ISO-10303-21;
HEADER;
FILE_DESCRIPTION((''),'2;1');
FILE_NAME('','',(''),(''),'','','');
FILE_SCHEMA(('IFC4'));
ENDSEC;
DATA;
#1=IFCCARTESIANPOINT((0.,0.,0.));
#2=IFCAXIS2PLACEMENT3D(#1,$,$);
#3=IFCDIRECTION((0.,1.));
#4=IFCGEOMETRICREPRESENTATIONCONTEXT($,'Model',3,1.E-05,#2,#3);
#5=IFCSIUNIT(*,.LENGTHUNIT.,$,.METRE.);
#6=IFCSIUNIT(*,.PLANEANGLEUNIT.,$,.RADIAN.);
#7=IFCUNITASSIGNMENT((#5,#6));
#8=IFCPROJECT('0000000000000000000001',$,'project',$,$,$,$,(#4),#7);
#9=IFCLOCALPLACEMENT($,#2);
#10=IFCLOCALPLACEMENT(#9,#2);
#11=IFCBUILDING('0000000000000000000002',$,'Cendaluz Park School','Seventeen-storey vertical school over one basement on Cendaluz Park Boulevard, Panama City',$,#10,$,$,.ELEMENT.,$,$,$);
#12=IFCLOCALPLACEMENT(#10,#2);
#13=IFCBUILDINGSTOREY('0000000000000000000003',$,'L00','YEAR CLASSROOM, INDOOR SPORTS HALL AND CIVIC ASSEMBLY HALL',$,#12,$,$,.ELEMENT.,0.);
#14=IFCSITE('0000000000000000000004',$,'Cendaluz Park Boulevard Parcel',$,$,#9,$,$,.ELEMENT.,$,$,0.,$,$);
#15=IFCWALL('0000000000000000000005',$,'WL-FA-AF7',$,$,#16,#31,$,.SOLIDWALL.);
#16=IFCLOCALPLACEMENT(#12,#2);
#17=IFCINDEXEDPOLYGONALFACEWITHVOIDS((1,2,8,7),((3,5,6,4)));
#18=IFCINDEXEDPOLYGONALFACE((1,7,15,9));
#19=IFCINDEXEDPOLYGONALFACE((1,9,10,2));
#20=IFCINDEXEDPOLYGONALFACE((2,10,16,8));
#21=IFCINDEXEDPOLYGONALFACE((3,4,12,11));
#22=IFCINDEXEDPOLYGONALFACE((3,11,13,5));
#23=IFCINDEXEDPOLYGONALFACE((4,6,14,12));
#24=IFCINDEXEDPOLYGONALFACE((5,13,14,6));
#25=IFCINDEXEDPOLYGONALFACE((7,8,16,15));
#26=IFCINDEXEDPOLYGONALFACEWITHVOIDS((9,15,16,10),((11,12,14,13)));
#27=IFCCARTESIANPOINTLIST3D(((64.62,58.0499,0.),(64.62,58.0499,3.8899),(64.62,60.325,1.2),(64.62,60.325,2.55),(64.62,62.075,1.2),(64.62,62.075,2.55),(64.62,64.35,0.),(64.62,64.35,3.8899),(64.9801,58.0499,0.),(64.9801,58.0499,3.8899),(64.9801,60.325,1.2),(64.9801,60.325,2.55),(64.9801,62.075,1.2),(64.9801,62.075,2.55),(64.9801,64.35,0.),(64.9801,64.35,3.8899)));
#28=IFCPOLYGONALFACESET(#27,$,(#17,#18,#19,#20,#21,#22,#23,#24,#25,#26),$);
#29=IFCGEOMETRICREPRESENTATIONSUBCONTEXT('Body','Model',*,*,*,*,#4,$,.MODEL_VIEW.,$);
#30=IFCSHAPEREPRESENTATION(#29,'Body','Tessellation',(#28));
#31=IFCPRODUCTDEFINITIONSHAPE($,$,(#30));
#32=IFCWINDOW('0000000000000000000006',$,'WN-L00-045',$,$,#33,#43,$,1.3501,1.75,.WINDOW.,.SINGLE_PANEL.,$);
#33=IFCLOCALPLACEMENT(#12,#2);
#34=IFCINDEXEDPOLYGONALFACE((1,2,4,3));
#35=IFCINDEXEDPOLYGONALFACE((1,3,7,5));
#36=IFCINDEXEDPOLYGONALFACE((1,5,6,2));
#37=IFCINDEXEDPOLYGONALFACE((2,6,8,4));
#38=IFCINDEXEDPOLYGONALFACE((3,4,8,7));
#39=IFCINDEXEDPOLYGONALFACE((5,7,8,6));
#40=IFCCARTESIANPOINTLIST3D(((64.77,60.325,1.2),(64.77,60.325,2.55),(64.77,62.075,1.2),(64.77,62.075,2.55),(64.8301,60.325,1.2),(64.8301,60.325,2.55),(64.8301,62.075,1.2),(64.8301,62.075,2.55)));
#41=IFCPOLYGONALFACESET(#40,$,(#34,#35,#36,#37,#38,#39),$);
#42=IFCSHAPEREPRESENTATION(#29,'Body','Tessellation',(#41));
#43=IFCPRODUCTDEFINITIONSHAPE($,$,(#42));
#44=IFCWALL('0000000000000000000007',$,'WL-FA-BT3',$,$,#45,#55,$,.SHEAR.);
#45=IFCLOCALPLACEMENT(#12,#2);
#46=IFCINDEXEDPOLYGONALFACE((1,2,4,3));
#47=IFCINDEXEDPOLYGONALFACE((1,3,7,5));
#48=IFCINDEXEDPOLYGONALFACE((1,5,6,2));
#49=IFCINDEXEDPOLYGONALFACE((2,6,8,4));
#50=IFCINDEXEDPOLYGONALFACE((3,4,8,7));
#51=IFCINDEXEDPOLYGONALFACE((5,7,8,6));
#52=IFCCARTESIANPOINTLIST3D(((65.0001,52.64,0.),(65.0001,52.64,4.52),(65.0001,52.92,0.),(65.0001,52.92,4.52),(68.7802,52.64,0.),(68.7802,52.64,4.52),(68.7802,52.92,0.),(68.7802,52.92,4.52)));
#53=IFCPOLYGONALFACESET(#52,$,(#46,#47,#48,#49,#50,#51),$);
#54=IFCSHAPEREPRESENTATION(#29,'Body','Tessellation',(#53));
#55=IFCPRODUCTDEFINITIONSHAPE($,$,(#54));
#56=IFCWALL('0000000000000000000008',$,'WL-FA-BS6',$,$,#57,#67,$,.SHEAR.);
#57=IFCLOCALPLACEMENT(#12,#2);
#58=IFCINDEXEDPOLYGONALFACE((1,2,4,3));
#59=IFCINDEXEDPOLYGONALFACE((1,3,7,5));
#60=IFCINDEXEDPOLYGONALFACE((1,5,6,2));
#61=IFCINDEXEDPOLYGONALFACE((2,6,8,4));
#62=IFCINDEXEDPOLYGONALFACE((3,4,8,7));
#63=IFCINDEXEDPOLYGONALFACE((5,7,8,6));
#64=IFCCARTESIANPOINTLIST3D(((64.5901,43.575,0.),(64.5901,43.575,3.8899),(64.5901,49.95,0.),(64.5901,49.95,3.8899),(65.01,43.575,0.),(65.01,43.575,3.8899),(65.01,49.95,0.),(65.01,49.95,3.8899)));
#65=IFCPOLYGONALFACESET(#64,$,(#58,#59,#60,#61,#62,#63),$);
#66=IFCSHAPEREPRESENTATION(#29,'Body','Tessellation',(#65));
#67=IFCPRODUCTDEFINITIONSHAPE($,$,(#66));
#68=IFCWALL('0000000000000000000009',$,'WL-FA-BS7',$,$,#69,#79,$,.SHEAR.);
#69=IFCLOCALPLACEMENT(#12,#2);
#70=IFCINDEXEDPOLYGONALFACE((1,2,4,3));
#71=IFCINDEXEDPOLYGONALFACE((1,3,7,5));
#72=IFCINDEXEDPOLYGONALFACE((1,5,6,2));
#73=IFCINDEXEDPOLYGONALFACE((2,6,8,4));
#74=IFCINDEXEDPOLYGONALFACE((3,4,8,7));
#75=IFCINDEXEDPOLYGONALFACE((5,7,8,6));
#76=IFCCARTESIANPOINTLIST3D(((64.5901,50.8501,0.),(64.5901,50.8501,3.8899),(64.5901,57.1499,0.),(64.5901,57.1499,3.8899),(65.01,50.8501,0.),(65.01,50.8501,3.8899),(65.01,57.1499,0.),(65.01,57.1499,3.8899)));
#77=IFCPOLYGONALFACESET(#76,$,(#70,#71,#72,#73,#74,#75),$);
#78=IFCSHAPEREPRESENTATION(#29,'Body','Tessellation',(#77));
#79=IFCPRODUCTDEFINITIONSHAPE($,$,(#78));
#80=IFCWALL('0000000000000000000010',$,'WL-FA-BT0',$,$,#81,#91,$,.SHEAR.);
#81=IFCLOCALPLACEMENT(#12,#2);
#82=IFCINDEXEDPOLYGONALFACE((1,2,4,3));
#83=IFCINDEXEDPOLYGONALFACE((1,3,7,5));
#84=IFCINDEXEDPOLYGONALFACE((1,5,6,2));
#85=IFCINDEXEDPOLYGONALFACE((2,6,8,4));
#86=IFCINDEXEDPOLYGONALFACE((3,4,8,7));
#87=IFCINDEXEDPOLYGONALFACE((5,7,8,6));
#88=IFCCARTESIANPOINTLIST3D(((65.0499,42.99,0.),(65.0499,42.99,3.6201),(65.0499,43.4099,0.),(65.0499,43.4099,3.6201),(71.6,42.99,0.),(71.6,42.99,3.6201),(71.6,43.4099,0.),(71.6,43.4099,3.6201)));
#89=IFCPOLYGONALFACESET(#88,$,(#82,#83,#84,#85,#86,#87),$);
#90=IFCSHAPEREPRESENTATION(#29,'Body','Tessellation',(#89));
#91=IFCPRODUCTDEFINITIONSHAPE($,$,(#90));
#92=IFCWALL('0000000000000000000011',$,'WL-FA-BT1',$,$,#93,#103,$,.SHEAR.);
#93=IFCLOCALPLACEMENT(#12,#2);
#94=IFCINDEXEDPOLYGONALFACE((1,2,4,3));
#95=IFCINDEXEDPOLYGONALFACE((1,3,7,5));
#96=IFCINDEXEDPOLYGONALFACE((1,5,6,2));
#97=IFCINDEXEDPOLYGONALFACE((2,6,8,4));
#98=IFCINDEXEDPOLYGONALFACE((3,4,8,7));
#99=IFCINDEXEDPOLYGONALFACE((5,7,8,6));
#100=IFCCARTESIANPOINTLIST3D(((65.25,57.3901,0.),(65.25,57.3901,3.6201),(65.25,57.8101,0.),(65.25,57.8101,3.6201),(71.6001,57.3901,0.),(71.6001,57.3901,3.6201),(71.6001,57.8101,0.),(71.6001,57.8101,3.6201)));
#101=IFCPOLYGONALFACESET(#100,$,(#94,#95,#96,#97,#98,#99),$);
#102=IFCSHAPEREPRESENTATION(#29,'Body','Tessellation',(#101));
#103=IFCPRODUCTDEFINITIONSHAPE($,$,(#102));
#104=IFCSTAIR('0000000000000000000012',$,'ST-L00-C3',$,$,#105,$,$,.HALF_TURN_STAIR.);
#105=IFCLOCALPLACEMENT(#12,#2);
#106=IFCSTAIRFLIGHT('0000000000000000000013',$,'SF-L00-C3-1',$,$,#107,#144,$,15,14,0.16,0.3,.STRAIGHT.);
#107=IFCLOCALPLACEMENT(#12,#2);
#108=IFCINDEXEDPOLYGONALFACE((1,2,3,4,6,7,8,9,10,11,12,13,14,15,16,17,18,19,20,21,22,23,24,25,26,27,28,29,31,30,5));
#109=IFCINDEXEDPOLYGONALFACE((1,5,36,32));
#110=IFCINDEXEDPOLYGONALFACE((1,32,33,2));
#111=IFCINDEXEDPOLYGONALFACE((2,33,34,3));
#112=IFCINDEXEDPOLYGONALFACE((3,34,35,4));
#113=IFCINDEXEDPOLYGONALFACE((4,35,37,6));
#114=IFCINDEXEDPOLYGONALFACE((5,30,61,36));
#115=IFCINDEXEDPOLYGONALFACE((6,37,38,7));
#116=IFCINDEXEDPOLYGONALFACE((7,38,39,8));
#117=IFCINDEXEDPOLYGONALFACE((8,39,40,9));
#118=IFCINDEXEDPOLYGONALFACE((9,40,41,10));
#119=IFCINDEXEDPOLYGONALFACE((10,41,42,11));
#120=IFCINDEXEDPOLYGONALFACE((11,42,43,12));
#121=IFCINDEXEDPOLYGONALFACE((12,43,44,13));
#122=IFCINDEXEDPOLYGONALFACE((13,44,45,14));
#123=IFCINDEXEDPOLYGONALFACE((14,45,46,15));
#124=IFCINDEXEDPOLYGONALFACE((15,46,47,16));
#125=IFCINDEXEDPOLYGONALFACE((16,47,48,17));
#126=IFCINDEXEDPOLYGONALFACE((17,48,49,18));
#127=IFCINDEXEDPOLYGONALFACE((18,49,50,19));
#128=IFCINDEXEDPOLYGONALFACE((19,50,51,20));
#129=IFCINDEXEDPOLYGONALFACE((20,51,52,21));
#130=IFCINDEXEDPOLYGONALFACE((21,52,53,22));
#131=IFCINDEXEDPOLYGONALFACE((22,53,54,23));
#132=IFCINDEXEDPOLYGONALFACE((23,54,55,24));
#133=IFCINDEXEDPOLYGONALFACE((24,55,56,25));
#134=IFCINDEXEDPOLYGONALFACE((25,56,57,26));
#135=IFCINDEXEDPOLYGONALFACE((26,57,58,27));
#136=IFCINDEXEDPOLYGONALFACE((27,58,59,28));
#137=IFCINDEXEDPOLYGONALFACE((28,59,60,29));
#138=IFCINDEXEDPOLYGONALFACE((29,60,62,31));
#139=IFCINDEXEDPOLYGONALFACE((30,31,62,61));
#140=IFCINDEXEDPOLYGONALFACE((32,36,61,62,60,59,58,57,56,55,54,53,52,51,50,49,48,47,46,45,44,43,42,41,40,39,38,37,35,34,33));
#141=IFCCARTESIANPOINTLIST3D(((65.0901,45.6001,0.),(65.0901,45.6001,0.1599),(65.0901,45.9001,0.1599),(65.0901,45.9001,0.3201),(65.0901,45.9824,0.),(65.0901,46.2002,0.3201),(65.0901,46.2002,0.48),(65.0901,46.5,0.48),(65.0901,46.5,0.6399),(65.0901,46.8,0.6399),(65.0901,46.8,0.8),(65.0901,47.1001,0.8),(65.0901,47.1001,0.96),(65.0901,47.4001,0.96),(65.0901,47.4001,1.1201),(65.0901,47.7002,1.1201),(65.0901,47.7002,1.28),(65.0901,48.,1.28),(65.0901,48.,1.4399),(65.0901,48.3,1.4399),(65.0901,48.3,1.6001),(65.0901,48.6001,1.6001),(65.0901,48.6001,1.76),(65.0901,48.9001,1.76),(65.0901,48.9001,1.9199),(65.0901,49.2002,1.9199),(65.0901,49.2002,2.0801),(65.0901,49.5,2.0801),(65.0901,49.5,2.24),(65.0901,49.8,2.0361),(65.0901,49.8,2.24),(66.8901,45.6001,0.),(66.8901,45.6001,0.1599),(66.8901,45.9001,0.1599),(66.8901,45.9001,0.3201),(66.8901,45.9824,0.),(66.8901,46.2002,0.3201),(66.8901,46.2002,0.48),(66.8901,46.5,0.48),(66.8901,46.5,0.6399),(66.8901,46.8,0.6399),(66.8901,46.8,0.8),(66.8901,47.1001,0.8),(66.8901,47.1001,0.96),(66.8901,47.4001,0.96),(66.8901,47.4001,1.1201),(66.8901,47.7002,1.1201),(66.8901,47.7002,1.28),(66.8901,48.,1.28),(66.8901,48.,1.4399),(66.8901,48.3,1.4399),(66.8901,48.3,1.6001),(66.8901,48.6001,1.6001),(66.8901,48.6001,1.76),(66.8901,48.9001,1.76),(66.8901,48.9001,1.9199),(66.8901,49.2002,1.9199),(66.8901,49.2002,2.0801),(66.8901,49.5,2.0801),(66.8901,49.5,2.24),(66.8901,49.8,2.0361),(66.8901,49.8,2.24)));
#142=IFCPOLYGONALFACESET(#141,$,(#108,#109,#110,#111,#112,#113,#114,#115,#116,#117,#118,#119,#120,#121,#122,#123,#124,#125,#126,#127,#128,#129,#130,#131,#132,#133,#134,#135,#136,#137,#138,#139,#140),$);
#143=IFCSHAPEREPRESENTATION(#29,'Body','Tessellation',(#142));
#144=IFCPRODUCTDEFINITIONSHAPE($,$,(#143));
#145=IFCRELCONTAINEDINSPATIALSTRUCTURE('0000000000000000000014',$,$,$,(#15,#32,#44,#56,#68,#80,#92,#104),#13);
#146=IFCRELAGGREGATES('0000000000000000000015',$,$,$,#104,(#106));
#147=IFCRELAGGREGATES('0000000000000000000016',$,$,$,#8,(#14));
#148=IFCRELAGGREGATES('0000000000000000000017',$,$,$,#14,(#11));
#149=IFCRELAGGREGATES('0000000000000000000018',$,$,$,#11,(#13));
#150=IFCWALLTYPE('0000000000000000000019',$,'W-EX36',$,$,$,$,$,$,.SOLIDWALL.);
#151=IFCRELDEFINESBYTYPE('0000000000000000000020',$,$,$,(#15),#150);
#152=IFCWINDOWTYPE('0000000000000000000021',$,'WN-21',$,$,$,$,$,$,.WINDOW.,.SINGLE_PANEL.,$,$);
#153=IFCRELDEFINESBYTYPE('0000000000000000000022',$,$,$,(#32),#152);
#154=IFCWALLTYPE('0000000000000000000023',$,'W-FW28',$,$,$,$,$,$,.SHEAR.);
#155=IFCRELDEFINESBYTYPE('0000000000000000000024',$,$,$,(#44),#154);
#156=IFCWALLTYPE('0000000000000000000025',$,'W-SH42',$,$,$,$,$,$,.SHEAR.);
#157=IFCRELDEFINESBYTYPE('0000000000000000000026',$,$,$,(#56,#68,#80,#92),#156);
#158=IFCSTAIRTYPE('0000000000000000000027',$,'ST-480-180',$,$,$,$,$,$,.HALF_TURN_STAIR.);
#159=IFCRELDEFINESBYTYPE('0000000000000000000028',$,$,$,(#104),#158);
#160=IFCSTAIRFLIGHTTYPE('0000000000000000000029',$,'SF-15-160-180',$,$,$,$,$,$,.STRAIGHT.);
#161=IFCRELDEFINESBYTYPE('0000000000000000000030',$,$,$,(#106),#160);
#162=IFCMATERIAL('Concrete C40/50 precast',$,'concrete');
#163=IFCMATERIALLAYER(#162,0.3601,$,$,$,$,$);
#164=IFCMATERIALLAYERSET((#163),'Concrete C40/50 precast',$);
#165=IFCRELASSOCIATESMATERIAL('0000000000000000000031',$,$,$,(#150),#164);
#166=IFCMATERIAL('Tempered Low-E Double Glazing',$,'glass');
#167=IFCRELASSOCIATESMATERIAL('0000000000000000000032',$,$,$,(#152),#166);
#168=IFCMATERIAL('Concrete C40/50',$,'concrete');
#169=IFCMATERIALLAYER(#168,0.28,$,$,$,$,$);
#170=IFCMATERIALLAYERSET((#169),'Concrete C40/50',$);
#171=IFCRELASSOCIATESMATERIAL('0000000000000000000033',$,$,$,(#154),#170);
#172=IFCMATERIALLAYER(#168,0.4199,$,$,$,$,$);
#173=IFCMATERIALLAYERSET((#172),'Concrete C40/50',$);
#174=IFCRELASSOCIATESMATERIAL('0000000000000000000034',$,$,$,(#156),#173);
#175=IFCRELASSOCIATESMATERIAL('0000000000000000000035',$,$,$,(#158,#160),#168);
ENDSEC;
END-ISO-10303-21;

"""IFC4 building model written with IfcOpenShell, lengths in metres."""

from ifc_helpers import new_model, si_unit, direction, frame, frame_2d, origin, place, context, subcontext, project, spatial, polyline, rectangle, outline, extrude, material, layer, layer_set, type_object, element, fill, aggregate, save


model = new_model("IFC4")

# Units and contexts
model_context = context("Model", 3, precision=1e-05, world=origin(), true_north=direction((0.0, 1.0)))
body_context = subcontext(model_context, "Body", "Model", "MODEL_VIEW")
ifc_project = project(units=[si_unit("LENGTHUNIT", "METRE"), si_unit("PLANEANGLEUNIT", "RADIAN")], contexts=[model_context])

# Site, building, storey
site_placement = place(None, origin())
site = spatial("IfcSite", under=ifc_project, at=site_placement, Name="Cendaluz Park Boulevard Parcel", CompositionType="ELEMENT", RefElevation=0.0)
building_placement = place(site_placement, origin())
building = spatial("IfcBuilding", under=site, at=building_placement, Name="Cendaluz Park School", Description="Seventeen-storey vertical school over one basement on Cendaluz Park Boulevard, Panama City", CompositionType="ELEMENT")
storey_placement = place(building_placement, origin())
storey = spatial("IfcBuildingStorey", under=building, at=storey_placement, Name="L00", Description="YEAR CLASSROOM, INDOOR SPORTS HALL AND CIVIC ASSEMBLY HALL", CompositionType="ELEMENT", Elevation=0.0)

# Shared definitions
ifc_material_1 = material(Name="Concrete C40/50", Category="concrete")

# Wall, opening, window
ifc_material_2 = material(Name="Concrete C40/50 precast", Category="concrete")
ifc_layer_1 = layer(ifc_material_2, 0.3601)
ifc_layer_set_1 = layer_set([ifc_layer_1], Name="Concrete C40/50 precast")
wall_type_1 = type_object("IfcWallType", Name="W-EX36", PredefinedType="SOLIDWALL", material=ifc_layer_set_1)
ifc_material_3 = material(Name="Tempered Low-E Double Glazing", Category="glass")
wall_1_placement = place(storey_placement, frame((64.8, 58.05, 0.0), z_axis=(0.0, 0.0, 1.0), x_axis=(0.0, 1.0, 0.0)))
wall_1 = element("IfcWall", 1, at=wall_1_placement, inside=storey, type_object=wall_type_1, Name="WL-FA-AF7", PredefinedType="SOLIDWALL", context=body_context, shape_type="SweptSolid", body=[
    extrude(rectangle(XDim=6.3, YDim=0.3601, at=frame_2d((3.1499, 0.0))), origin(), (0.0, 0.0, 1.0), 3.8899),
])
opening_1_placement = place(wall_1_placement, frame((2.2749, 0.0, 1.2)))
opening_1 = element("IfcOpeningElement", 2, at=opening_1_placement, cuts=wall_1, PredefinedType="OPENING", context=body_context, shape_type="SweptSolid", body=[
    extrude(rectangle(XDim=1.75, YDim=1.3501, at=frame_2d((0.875, 0.675))), frame((0.0, 0.1921, 0.0), z_axis=(0.0, -1.0, 0.0), x_axis=(1.0, 0.0, 0.0)), (0.0, 0.0, 1.0), 0.384),
])
window_type_1 = type_object("IfcWindowType", Name="WN-21", PartitioningType="SINGLE_PANEL", PredefinedType="WINDOW", material=ifc_material_3)
window_1_placement = place(opening_1_placement, origin())
window_1 = element("IfcWindow", 3, at=window_1_placement, inside=storey, type_object=window_type_1, Name="WN-L00-045", OverallHeight=1.3501, OverallWidth=1.75, PartitioningType="SINGLE_PANEL", PredefinedType="WINDOW", context=body_context, shape_type="SweptSolid", body=[
    extrude(rectangle(XDim=1.75, YDim=1.3501, at=frame_2d((0.875, 0.675))), frame((0.0, 0.03, 0.0), z_axis=(0.0, -1.0, 0.0), x_axis=(1.0, 0.0, 0.0)), (0.0, 0.0, 1.0), 0.0601),
])
fill(opening_1, window_1)

# Walls
ifc_layer_2 = layer(ifc_material_1, 0.28)
ifc_layer_set_2 = layer_set([ifc_layer_2], Name="Concrete C40/50")
wall_type_2 = type_object("IfcWallType", Name="W-FW28", PredefinedType="SHEAR", material=ifc_layer_set_2)
wall_2_placement = place(storey_placement, frame((65.0, 52.78, 0.0), z_axis=(0.0, 0.0, 1.0), x_axis=(1.0, 0.0, 0.0)))
element("IfcWall", 4, at=wall_2_placement, inside=storey, type_object=wall_type_2, Name="WL-FA-BT3", PredefinedType="SHEAR", context=body_context, shape_type="SweptSolid", body=[
    extrude(rectangle(XDim=3.78, YDim=0.28, at=frame_2d((1.8901, 0.0))), origin(), (0.0, 0.0, 1.0), 4.52),
])
ifc_layer_3 = layer(ifc_material_1, 0.4199)
ifc_layer_set_3 = layer_set([ifc_layer_3], Name="Concrete C40/50")
wall_type_3 = type_object("IfcWallType", Name="W-SH42", PredefinedType="SHEAR", material=ifc_layer_set_3)
wall_3_placement = place(storey_placement, frame((64.8, 43.575, 0.0), z_axis=(0.0, 0.0, 1.0), x_axis=(0.0, 1.0, 0.0)))
element("IfcWall", 5, at=wall_3_placement, inside=storey, type_object=wall_type_3, Name="WL-FA-BS6", PredefinedType="SHEAR", context=body_context, shape_type="SweptSolid", body=[
    extrude(rectangle(XDim=6.375, YDim=0.4199, at=frame_2d((3.1875, 0.0))), origin(), (0.0, 0.0, 1.0), 3.8899),
])
wall_4_placement = place(storey_placement, frame((64.8, 50.8501, 0.0), z_axis=(0.0, 0.0, 1.0), x_axis=(0.0, 1.0, 0.0)))
element("IfcWall", 6, at=wall_4_placement, inside=storey, type_object=wall_type_3, Name="WL-FA-BS7", PredefinedType="SHEAR", context=body_context, shape_type="SweptSolid", body=[
    extrude(rectangle(XDim=6.2998, YDim=0.4199, at=frame_2d((3.1499, 0.0))), origin(), (0.0, 0.0, 1.0), 3.8899),
])
wall_5_placement = place(storey_placement, frame((65.05, 43.2, 0.0), z_axis=(0.0, 0.0, 1.0), x_axis=(1.0, 0.0, 0.0)))
element("IfcWall", 7, at=wall_5_placement, inside=storey, type_object=wall_type_3, Name="WL-FA-BT0", PredefinedType="SHEAR", context=body_context, shape_type="SweptSolid", body=[
    extrude(rectangle(XDim=6.55, YDim=0.4199, at=frame_2d((3.2749, 0.0))), origin(), (0.0, 0.0, 1.0), 3.6201),
])
wall_6_placement = place(storey_placement, frame((65.25, 57.6001, 0.0), z_axis=(0.0, 0.0, 1.0), x_axis=(1.0, 0.0, 0.0)))
element("IfcWall", 8, at=wall_6_placement, inside=storey, type_object=wall_type_3, Name="WL-FA-BT1", PredefinedType="SHEAR", context=body_context, shape_type="SweptSolid", body=[
    extrude(rectangle(XDim=6.3501, YDim=0.4199, at=frame_2d((3.175, 0.0))), origin(), (0.0, 0.0, 1.0), 3.6201),
])

# Stair, stair flight
stair_type = type_object("IfcStairType", Name="ST-480-180", PredefinedType="HALF_TURN_STAIR", material=ifc_material_1)
stair_placement = place(storey_placement, origin())
stair = element("IfcStair", 9, at=stair_placement, inside=storey, type_object=stair_type, Name="ST-L00-C3", PredefinedType="HALF_TURN_STAIR")
stair_flight_type = type_object("IfcStairFlightType", Name="SF-15-160-180", PredefinedType="STRAIGHT", material=ifc_material_1)
stair_flight_placement = place(storey_placement, frame((65.99, 45.6001, 0.0), z_axis=(0.0, 0.0, 1.0), x_axis=(0.0, 1.0, 0.0)))
stair_flight = element("IfcStairFlight", 10, at=stair_flight_placement, type_object=stair_flight_type, Name="SF-L00-C3-1", NumberOfRisers=15, NumberOfTreads=14, PredefinedType="STRAIGHT", RiserHeight=0.16, TreadLength=0.3, context=body_context, shape_type="SweptSolid", body=[
    extrude(outline(polyline([(0.0, 0.0), (0.0, 0.1599), (0.3, 0.1599), (0.3, 0.3201), (0.6001, 0.3201), (0.6001, 0.48), (0.8999, 0.48), (0.8999, 0.6399), (1.2, 0.6399), (1.2, 0.8), (1.5, 0.8), (1.5, 0.96), (1.8, 0.96), (1.8, 1.1201), (2.1001, 1.1201), (2.1001, 1.28), (2.3999, 1.28), (2.3999, 1.4399), (2.7, 1.4399), (2.7, 1.6001), (3.0, 1.6001), (3.0, 1.76), (3.3, 1.76), (3.3, 1.9199), (3.6001, 1.9199), (3.6001, 2.0801), (3.8999, 2.0801), (3.8999, 2.24), (4.2, 2.24), (4.2, 2.3999), (4.2, 2.0361), (0.3823, 0.0), (0.0, 0.0)])), frame((0.0, 0.8999, 0.0), z_axis=(0.0, -1.0, 0.0), x_axis=(1.0, 0.0, 0.0)), (0.0, 0.0, 1.0), 1.8),
])
aggregate(stair, [stair_flight])

save(model, "model.ifc")
